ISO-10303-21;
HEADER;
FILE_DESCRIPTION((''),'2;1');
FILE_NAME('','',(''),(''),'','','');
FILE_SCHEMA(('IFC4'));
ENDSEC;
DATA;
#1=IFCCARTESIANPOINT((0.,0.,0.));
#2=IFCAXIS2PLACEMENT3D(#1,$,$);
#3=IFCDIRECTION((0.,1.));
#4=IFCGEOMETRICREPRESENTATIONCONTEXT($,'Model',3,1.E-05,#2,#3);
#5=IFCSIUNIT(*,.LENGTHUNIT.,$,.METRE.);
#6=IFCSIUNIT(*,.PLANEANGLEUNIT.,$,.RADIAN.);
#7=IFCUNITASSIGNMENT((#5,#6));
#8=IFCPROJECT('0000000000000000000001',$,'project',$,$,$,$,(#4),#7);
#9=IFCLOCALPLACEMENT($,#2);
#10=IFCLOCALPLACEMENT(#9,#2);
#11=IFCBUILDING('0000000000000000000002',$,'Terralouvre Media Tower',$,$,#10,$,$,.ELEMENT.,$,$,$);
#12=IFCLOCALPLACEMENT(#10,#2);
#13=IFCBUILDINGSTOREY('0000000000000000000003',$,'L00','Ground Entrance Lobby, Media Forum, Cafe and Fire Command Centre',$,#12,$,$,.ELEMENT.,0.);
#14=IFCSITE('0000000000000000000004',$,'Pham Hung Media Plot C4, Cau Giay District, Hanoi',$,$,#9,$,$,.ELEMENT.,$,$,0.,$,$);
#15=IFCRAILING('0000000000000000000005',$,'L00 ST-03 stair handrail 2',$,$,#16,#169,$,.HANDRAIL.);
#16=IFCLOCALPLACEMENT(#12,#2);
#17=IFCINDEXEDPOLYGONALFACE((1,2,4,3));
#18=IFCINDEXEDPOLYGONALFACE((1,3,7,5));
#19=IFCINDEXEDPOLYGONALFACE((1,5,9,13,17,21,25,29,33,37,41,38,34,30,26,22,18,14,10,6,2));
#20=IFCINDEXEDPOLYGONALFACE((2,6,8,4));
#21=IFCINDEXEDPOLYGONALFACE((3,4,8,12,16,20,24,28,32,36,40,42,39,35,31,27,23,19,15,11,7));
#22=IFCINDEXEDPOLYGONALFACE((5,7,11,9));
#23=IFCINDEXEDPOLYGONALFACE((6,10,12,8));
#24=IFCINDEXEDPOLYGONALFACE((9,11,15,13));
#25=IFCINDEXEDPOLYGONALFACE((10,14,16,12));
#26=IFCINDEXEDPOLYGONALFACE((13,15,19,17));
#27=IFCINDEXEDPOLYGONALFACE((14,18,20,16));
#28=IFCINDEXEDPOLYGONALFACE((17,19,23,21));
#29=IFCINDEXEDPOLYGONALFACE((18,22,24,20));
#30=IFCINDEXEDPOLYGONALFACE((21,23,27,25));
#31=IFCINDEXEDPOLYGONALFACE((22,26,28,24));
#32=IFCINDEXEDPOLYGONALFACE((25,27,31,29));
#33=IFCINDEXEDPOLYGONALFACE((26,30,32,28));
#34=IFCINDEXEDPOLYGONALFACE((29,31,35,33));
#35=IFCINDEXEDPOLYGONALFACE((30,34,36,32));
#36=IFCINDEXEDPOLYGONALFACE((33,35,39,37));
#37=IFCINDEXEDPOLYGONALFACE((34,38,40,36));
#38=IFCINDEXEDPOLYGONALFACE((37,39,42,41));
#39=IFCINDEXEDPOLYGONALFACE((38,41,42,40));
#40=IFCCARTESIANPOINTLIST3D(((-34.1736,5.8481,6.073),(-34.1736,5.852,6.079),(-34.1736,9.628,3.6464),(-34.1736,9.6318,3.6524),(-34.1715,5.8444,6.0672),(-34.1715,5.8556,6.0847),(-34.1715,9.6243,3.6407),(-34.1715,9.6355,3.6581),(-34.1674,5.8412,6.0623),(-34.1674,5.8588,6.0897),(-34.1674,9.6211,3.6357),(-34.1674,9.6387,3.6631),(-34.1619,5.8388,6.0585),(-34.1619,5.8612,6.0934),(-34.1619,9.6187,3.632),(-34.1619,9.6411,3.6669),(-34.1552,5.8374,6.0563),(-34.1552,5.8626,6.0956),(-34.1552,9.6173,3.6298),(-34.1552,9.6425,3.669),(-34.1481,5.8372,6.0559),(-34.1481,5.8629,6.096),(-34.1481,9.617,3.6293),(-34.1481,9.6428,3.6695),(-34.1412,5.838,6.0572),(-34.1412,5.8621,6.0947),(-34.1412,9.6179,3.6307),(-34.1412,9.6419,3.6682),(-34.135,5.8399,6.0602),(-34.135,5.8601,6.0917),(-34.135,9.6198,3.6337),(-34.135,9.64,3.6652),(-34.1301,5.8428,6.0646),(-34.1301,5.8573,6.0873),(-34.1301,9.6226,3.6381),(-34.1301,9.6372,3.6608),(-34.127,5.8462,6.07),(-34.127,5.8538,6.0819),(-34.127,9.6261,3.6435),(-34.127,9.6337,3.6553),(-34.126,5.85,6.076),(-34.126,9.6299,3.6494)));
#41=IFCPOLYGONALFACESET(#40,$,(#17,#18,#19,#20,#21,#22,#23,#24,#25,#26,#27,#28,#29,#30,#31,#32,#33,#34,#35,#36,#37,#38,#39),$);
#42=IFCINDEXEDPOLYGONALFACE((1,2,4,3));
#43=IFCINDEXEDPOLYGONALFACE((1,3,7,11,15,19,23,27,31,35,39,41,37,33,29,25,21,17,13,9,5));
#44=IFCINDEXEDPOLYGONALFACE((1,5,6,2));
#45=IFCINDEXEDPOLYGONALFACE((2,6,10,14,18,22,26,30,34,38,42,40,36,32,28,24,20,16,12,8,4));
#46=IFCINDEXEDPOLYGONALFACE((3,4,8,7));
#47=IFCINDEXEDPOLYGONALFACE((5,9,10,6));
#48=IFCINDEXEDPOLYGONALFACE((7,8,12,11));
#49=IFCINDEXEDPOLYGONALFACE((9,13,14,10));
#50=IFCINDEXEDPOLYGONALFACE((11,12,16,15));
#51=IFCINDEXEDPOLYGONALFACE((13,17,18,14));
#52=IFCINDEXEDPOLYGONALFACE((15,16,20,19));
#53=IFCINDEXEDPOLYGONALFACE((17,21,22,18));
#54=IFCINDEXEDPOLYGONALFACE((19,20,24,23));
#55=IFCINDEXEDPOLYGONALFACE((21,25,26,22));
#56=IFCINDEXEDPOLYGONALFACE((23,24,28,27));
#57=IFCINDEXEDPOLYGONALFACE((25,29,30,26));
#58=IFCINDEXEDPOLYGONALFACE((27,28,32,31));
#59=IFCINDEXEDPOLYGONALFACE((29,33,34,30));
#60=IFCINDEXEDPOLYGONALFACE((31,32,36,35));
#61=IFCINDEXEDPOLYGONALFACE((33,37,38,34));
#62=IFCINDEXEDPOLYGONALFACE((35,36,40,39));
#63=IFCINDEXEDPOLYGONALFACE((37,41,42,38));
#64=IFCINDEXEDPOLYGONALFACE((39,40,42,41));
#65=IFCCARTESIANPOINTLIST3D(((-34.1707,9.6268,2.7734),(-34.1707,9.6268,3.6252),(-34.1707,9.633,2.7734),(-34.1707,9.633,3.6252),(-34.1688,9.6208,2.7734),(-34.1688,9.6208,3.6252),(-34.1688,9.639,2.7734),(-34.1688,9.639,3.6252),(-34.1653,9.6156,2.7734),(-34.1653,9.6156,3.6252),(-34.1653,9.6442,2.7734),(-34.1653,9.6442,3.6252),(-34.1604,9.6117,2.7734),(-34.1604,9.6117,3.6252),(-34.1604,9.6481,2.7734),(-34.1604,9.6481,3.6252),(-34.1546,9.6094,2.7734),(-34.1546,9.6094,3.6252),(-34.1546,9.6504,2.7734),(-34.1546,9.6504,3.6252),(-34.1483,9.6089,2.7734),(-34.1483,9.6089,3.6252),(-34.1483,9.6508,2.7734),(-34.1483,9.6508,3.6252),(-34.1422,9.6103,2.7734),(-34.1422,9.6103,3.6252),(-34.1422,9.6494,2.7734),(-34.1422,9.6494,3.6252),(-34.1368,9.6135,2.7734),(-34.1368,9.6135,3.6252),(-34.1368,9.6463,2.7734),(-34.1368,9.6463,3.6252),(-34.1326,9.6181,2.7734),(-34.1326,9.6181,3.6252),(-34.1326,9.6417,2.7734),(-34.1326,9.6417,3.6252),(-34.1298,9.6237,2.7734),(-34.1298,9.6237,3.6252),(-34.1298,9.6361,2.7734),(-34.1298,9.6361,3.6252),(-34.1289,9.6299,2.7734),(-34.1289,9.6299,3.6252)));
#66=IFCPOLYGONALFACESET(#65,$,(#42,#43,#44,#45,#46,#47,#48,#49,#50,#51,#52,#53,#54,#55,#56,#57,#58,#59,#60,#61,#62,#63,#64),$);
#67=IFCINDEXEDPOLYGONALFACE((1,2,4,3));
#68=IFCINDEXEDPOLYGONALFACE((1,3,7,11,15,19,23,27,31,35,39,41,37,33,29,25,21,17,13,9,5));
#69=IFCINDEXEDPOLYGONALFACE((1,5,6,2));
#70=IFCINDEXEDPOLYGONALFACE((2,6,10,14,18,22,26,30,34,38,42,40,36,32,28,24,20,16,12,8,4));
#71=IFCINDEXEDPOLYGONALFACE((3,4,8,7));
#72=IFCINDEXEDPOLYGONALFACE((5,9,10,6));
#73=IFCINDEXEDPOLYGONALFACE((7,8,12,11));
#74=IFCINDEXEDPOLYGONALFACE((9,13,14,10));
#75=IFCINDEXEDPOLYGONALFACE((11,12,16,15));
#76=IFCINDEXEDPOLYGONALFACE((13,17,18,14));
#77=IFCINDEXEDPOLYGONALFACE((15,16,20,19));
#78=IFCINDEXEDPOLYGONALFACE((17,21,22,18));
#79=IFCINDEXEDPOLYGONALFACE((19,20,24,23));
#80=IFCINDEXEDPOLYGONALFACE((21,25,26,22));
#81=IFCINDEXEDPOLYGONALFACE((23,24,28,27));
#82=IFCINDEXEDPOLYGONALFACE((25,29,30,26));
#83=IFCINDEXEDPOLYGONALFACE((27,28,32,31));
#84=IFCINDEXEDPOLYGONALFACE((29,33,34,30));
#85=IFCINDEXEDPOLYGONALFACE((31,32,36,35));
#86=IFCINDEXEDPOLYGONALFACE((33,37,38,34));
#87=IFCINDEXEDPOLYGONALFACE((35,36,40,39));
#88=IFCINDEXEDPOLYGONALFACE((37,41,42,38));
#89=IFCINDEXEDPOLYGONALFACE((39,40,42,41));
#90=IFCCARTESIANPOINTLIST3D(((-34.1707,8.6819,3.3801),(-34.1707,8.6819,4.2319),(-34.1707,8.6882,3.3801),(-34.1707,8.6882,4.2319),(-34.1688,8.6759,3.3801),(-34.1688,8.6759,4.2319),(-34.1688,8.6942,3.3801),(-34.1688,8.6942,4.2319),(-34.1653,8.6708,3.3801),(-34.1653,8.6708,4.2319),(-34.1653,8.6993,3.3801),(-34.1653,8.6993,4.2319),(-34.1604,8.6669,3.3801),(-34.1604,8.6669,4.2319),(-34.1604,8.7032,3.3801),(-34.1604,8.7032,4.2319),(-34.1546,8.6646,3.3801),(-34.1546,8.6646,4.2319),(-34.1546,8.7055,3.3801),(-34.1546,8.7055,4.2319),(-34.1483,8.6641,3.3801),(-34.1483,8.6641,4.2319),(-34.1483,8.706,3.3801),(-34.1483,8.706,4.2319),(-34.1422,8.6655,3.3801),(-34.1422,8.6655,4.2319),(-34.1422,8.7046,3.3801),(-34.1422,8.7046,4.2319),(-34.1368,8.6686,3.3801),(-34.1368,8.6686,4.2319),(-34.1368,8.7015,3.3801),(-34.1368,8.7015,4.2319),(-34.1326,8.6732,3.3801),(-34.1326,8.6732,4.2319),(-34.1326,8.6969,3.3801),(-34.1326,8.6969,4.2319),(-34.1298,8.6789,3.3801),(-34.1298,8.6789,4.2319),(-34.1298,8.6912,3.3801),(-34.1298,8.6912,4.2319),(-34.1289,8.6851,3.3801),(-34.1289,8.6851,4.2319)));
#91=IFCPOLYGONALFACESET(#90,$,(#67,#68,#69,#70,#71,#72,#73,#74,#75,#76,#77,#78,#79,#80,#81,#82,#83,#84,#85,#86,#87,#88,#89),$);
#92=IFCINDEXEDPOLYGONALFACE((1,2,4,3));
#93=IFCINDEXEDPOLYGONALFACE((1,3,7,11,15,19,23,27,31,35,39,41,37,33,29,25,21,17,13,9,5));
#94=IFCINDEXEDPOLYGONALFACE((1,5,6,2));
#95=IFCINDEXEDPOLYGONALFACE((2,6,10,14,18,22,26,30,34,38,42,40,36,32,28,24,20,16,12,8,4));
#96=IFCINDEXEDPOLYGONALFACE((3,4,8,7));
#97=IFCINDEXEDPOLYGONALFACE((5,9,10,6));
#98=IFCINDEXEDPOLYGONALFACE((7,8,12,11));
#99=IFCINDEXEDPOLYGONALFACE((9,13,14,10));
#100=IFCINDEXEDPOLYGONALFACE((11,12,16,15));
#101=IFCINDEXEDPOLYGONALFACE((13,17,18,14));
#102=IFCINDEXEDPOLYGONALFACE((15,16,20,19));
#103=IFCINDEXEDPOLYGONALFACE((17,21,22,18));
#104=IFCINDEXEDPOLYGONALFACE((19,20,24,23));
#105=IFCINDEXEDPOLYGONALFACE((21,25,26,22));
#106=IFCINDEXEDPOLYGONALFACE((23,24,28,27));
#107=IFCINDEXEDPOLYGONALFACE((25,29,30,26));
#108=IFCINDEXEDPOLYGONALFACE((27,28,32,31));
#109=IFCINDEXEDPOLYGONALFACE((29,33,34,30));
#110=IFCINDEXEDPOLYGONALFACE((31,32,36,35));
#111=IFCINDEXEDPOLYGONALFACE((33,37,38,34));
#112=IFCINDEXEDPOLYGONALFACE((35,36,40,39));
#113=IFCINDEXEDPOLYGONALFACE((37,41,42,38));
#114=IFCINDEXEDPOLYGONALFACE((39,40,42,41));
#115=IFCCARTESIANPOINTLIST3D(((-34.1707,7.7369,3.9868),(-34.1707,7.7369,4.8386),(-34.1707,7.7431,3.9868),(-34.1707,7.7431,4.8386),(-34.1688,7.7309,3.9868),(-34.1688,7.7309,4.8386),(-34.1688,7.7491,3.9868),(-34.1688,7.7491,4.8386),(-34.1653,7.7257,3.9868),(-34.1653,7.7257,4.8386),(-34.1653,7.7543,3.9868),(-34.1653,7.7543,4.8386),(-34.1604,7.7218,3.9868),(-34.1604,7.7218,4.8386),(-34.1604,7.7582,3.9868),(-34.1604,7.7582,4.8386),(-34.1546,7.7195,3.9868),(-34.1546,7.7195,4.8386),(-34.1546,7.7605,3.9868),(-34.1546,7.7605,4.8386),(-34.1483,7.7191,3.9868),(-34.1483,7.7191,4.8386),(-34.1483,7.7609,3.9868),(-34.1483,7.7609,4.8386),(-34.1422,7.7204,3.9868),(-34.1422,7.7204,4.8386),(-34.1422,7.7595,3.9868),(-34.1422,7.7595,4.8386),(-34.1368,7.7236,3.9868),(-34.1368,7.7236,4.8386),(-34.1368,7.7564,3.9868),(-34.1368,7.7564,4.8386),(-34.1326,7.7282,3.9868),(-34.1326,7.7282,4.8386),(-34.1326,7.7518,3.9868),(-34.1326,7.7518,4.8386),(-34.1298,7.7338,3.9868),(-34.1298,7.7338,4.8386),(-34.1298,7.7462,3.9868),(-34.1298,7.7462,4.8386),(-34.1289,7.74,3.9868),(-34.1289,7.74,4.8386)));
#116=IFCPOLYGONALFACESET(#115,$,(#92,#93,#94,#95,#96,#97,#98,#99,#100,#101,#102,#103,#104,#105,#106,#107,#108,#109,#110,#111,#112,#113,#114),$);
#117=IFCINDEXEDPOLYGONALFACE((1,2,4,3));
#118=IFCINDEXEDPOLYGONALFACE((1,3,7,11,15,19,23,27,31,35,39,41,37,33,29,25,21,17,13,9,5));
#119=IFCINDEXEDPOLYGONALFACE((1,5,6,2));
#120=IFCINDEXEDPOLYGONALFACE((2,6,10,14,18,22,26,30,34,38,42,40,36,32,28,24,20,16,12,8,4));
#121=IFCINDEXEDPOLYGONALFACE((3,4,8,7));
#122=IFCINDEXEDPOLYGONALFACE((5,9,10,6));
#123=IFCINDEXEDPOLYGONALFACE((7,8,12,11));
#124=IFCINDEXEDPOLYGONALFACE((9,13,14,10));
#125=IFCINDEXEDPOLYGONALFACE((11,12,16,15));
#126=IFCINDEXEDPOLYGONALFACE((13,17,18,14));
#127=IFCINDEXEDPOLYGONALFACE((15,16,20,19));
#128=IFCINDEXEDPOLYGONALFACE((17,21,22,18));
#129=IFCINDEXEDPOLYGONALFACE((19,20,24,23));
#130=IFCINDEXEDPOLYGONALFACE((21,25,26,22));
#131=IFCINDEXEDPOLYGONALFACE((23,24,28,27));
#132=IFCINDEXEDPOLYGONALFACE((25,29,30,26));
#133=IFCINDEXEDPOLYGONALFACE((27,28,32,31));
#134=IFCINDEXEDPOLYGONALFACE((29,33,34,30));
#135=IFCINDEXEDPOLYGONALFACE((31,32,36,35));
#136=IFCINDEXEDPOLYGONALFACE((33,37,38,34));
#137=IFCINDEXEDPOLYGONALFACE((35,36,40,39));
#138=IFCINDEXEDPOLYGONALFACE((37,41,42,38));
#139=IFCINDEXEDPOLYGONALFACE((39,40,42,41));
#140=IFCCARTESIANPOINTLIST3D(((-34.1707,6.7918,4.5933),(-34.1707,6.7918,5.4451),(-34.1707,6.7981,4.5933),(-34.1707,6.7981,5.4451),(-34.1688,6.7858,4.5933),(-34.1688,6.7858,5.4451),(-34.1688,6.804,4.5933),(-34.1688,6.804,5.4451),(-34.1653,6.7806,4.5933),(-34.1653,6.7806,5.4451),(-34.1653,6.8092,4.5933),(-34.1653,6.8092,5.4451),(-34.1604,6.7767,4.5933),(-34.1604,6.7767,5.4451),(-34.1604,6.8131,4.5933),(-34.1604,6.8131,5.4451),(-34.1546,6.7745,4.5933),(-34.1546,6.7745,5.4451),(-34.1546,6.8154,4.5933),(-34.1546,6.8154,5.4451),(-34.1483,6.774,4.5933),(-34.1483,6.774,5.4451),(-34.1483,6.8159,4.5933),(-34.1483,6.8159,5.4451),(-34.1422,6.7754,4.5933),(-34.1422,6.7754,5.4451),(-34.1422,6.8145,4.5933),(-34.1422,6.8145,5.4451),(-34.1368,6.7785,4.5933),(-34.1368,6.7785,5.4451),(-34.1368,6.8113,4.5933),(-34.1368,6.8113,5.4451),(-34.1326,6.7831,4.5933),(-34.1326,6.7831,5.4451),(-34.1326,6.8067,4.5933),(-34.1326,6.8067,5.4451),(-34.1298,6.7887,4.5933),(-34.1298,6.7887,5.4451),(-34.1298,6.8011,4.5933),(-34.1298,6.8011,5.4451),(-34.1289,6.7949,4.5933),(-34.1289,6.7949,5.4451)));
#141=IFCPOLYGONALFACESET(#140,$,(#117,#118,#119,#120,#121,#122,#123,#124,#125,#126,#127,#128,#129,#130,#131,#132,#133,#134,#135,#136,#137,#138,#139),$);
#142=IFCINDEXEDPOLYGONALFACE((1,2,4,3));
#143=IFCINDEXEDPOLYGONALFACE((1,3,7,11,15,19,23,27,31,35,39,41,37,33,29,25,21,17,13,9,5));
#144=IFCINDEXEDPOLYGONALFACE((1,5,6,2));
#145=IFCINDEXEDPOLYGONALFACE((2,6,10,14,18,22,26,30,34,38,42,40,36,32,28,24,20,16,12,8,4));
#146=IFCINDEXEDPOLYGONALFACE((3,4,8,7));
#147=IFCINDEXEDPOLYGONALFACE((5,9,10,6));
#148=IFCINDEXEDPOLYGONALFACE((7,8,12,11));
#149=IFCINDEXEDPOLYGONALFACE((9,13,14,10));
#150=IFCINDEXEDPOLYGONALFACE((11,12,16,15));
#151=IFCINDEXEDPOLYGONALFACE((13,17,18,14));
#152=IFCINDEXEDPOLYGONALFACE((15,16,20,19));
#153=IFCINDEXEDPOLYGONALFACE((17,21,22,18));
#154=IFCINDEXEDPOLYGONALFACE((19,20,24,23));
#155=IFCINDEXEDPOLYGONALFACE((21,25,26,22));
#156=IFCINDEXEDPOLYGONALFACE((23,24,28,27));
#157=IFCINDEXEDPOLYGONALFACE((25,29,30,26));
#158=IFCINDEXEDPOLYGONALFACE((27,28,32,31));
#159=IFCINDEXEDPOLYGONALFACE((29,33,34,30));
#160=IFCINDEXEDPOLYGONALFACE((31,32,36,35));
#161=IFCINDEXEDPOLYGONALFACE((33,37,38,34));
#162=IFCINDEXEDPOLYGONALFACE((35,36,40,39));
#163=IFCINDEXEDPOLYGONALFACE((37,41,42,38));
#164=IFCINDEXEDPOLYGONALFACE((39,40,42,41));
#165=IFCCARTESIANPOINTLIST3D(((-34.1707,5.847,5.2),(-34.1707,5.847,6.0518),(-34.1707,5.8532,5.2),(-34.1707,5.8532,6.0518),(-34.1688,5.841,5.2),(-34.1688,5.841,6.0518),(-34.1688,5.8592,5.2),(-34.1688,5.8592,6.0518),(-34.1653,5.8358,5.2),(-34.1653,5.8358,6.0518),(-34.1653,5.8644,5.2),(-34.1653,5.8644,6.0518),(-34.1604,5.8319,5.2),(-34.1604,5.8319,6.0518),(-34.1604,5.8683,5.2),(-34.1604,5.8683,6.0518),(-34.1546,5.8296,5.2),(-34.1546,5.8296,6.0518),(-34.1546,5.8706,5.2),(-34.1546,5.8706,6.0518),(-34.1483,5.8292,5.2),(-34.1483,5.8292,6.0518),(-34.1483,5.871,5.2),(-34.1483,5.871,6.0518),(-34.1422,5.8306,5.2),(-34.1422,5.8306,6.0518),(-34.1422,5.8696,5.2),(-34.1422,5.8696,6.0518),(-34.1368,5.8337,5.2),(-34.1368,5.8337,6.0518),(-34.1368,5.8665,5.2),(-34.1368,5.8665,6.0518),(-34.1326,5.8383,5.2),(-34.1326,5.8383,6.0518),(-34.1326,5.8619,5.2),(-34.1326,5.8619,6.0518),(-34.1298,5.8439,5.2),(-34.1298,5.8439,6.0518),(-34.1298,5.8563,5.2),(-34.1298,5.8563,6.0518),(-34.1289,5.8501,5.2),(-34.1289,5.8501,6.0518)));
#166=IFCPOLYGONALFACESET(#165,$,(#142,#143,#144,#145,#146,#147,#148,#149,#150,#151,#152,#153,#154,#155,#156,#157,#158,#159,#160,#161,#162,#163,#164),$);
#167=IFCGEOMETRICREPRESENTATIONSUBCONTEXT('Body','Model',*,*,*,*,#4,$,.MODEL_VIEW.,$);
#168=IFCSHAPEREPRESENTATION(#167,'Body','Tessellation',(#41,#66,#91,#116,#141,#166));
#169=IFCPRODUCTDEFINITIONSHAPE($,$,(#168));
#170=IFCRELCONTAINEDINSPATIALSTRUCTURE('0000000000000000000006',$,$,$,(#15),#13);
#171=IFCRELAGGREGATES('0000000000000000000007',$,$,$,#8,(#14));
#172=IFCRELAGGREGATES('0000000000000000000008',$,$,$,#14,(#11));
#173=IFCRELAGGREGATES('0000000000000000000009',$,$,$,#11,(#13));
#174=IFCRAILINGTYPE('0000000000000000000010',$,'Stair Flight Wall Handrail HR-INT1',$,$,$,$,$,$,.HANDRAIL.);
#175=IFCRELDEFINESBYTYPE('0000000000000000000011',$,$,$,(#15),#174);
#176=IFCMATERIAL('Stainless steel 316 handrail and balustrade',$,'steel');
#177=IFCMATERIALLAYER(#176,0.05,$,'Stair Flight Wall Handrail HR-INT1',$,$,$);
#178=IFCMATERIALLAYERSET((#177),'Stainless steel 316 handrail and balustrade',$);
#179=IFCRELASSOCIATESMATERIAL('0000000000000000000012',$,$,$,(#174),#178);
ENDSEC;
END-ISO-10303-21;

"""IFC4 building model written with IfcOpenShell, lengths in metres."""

from ifc_helpers import new_model, si_unit, direction, frame, origin, origin_2d, place, context, subcontext, project, spatial, circle, extrude, material, layer, layer_set, type_object, element, save


model = new_model("IFC4")

# Units and contexts
model_context = context("Model", 3, precision=1e-05, world=origin(), true_north=direction((0.0, 1.0)))
body_context = subcontext(model_context, "Body", "Model", "MODEL_VIEW")
ifc_project = project(units=[si_unit("LENGTHUNIT", "METRE"), si_unit("PLANEANGLEUNIT", "RADIAN")], contexts=[model_context])

# Site, building, storey
site_placement = place(None, origin())
site = spatial("IfcSite", under=ifc_project, at=site_placement, Name="Pham Hung Media Plot C4, Cau Giay District, Hanoi", CompositionType="ELEMENT", RefElevation=0.0)
building_placement = place(site_placement, origin())
building = spatial("IfcBuilding", under=site, at=building_placement, Name="Terralouvre Media Tower", CompositionType="ELEMENT")
storey_placement = place(building_placement, origin())
storey = spatial("IfcBuildingStorey", under=building, at=storey_placement, Name="L00", Description="Ground Entrance Lobby, Media Forum, Cafe and Fire Command Centre", CompositionType="ELEMENT", Elevation=0.0)

# Railing
ifc_material_1 = material(Name="Stainless steel 316 handrail and balustrade", Category="steel")
ifc_layer_1 = layer(ifc_material_1, 0.05, Name="Stair Flight Wall Handrail HR-INT1")
ifc_layer_set_1 = layer_set([ifc_layer_1], Name="Stainless steel 316 handrail and balustrade")
railing_type_1 = type_object("IfcRailingType", Name="Stair Flight Wall Handrail HR-INT1", PredefinedType="HANDRAIL", material=ifc_layer_set_1)
railing_1_placement = place(storey_placement, frame((-34.1499, 9.6299, 2.7734)))
element("IfcRailing", 1, at=railing_1_placement, inside=storey, type_object=railing_type_1, Name="L00 ST-03 stair handrail 2", PredefinedType="HANDRAIL", context=body_context, shape_type="SweptSolid", body=[
    extrude(circle(Radius=0.0239, at=origin_2d()), frame((0.0, 0.0, 0.876), z_axis=(0.0, -0.841517, 0.54023), x_axis=(1.0, 0.0, 0.0)), (0.0, 0.0, 1.0), 4.4917),
    extrude(circle(Radius=0.021, at=origin_2d()), origin(), (0.0, 0.0, 1.0), 0.8518),
    extrude(circle(Radius=0.021, at=origin_2d()), frame((0.0, -0.9448, 0.6067)), (0.0, 0.0, 1.0), 0.8518),
    extrude(circle(Radius=0.021, at=origin_2d()), frame((0.0, -1.8899, 1.2134)), (0.0, 0.0, 1.0), 0.8518),
    extrude(circle(Radius=0.021, at=origin_2d()), frame((0.0, -2.835, 1.8198)), (0.0, 0.0, 1.0), 0.8518),
    extrude(circle(Radius=0.021, at=origin_2d()), frame((0.0, -3.7798, 2.4265)), (0.0, 0.0, 1.0), 0.8518),
])

save(model, "model.ifc")
